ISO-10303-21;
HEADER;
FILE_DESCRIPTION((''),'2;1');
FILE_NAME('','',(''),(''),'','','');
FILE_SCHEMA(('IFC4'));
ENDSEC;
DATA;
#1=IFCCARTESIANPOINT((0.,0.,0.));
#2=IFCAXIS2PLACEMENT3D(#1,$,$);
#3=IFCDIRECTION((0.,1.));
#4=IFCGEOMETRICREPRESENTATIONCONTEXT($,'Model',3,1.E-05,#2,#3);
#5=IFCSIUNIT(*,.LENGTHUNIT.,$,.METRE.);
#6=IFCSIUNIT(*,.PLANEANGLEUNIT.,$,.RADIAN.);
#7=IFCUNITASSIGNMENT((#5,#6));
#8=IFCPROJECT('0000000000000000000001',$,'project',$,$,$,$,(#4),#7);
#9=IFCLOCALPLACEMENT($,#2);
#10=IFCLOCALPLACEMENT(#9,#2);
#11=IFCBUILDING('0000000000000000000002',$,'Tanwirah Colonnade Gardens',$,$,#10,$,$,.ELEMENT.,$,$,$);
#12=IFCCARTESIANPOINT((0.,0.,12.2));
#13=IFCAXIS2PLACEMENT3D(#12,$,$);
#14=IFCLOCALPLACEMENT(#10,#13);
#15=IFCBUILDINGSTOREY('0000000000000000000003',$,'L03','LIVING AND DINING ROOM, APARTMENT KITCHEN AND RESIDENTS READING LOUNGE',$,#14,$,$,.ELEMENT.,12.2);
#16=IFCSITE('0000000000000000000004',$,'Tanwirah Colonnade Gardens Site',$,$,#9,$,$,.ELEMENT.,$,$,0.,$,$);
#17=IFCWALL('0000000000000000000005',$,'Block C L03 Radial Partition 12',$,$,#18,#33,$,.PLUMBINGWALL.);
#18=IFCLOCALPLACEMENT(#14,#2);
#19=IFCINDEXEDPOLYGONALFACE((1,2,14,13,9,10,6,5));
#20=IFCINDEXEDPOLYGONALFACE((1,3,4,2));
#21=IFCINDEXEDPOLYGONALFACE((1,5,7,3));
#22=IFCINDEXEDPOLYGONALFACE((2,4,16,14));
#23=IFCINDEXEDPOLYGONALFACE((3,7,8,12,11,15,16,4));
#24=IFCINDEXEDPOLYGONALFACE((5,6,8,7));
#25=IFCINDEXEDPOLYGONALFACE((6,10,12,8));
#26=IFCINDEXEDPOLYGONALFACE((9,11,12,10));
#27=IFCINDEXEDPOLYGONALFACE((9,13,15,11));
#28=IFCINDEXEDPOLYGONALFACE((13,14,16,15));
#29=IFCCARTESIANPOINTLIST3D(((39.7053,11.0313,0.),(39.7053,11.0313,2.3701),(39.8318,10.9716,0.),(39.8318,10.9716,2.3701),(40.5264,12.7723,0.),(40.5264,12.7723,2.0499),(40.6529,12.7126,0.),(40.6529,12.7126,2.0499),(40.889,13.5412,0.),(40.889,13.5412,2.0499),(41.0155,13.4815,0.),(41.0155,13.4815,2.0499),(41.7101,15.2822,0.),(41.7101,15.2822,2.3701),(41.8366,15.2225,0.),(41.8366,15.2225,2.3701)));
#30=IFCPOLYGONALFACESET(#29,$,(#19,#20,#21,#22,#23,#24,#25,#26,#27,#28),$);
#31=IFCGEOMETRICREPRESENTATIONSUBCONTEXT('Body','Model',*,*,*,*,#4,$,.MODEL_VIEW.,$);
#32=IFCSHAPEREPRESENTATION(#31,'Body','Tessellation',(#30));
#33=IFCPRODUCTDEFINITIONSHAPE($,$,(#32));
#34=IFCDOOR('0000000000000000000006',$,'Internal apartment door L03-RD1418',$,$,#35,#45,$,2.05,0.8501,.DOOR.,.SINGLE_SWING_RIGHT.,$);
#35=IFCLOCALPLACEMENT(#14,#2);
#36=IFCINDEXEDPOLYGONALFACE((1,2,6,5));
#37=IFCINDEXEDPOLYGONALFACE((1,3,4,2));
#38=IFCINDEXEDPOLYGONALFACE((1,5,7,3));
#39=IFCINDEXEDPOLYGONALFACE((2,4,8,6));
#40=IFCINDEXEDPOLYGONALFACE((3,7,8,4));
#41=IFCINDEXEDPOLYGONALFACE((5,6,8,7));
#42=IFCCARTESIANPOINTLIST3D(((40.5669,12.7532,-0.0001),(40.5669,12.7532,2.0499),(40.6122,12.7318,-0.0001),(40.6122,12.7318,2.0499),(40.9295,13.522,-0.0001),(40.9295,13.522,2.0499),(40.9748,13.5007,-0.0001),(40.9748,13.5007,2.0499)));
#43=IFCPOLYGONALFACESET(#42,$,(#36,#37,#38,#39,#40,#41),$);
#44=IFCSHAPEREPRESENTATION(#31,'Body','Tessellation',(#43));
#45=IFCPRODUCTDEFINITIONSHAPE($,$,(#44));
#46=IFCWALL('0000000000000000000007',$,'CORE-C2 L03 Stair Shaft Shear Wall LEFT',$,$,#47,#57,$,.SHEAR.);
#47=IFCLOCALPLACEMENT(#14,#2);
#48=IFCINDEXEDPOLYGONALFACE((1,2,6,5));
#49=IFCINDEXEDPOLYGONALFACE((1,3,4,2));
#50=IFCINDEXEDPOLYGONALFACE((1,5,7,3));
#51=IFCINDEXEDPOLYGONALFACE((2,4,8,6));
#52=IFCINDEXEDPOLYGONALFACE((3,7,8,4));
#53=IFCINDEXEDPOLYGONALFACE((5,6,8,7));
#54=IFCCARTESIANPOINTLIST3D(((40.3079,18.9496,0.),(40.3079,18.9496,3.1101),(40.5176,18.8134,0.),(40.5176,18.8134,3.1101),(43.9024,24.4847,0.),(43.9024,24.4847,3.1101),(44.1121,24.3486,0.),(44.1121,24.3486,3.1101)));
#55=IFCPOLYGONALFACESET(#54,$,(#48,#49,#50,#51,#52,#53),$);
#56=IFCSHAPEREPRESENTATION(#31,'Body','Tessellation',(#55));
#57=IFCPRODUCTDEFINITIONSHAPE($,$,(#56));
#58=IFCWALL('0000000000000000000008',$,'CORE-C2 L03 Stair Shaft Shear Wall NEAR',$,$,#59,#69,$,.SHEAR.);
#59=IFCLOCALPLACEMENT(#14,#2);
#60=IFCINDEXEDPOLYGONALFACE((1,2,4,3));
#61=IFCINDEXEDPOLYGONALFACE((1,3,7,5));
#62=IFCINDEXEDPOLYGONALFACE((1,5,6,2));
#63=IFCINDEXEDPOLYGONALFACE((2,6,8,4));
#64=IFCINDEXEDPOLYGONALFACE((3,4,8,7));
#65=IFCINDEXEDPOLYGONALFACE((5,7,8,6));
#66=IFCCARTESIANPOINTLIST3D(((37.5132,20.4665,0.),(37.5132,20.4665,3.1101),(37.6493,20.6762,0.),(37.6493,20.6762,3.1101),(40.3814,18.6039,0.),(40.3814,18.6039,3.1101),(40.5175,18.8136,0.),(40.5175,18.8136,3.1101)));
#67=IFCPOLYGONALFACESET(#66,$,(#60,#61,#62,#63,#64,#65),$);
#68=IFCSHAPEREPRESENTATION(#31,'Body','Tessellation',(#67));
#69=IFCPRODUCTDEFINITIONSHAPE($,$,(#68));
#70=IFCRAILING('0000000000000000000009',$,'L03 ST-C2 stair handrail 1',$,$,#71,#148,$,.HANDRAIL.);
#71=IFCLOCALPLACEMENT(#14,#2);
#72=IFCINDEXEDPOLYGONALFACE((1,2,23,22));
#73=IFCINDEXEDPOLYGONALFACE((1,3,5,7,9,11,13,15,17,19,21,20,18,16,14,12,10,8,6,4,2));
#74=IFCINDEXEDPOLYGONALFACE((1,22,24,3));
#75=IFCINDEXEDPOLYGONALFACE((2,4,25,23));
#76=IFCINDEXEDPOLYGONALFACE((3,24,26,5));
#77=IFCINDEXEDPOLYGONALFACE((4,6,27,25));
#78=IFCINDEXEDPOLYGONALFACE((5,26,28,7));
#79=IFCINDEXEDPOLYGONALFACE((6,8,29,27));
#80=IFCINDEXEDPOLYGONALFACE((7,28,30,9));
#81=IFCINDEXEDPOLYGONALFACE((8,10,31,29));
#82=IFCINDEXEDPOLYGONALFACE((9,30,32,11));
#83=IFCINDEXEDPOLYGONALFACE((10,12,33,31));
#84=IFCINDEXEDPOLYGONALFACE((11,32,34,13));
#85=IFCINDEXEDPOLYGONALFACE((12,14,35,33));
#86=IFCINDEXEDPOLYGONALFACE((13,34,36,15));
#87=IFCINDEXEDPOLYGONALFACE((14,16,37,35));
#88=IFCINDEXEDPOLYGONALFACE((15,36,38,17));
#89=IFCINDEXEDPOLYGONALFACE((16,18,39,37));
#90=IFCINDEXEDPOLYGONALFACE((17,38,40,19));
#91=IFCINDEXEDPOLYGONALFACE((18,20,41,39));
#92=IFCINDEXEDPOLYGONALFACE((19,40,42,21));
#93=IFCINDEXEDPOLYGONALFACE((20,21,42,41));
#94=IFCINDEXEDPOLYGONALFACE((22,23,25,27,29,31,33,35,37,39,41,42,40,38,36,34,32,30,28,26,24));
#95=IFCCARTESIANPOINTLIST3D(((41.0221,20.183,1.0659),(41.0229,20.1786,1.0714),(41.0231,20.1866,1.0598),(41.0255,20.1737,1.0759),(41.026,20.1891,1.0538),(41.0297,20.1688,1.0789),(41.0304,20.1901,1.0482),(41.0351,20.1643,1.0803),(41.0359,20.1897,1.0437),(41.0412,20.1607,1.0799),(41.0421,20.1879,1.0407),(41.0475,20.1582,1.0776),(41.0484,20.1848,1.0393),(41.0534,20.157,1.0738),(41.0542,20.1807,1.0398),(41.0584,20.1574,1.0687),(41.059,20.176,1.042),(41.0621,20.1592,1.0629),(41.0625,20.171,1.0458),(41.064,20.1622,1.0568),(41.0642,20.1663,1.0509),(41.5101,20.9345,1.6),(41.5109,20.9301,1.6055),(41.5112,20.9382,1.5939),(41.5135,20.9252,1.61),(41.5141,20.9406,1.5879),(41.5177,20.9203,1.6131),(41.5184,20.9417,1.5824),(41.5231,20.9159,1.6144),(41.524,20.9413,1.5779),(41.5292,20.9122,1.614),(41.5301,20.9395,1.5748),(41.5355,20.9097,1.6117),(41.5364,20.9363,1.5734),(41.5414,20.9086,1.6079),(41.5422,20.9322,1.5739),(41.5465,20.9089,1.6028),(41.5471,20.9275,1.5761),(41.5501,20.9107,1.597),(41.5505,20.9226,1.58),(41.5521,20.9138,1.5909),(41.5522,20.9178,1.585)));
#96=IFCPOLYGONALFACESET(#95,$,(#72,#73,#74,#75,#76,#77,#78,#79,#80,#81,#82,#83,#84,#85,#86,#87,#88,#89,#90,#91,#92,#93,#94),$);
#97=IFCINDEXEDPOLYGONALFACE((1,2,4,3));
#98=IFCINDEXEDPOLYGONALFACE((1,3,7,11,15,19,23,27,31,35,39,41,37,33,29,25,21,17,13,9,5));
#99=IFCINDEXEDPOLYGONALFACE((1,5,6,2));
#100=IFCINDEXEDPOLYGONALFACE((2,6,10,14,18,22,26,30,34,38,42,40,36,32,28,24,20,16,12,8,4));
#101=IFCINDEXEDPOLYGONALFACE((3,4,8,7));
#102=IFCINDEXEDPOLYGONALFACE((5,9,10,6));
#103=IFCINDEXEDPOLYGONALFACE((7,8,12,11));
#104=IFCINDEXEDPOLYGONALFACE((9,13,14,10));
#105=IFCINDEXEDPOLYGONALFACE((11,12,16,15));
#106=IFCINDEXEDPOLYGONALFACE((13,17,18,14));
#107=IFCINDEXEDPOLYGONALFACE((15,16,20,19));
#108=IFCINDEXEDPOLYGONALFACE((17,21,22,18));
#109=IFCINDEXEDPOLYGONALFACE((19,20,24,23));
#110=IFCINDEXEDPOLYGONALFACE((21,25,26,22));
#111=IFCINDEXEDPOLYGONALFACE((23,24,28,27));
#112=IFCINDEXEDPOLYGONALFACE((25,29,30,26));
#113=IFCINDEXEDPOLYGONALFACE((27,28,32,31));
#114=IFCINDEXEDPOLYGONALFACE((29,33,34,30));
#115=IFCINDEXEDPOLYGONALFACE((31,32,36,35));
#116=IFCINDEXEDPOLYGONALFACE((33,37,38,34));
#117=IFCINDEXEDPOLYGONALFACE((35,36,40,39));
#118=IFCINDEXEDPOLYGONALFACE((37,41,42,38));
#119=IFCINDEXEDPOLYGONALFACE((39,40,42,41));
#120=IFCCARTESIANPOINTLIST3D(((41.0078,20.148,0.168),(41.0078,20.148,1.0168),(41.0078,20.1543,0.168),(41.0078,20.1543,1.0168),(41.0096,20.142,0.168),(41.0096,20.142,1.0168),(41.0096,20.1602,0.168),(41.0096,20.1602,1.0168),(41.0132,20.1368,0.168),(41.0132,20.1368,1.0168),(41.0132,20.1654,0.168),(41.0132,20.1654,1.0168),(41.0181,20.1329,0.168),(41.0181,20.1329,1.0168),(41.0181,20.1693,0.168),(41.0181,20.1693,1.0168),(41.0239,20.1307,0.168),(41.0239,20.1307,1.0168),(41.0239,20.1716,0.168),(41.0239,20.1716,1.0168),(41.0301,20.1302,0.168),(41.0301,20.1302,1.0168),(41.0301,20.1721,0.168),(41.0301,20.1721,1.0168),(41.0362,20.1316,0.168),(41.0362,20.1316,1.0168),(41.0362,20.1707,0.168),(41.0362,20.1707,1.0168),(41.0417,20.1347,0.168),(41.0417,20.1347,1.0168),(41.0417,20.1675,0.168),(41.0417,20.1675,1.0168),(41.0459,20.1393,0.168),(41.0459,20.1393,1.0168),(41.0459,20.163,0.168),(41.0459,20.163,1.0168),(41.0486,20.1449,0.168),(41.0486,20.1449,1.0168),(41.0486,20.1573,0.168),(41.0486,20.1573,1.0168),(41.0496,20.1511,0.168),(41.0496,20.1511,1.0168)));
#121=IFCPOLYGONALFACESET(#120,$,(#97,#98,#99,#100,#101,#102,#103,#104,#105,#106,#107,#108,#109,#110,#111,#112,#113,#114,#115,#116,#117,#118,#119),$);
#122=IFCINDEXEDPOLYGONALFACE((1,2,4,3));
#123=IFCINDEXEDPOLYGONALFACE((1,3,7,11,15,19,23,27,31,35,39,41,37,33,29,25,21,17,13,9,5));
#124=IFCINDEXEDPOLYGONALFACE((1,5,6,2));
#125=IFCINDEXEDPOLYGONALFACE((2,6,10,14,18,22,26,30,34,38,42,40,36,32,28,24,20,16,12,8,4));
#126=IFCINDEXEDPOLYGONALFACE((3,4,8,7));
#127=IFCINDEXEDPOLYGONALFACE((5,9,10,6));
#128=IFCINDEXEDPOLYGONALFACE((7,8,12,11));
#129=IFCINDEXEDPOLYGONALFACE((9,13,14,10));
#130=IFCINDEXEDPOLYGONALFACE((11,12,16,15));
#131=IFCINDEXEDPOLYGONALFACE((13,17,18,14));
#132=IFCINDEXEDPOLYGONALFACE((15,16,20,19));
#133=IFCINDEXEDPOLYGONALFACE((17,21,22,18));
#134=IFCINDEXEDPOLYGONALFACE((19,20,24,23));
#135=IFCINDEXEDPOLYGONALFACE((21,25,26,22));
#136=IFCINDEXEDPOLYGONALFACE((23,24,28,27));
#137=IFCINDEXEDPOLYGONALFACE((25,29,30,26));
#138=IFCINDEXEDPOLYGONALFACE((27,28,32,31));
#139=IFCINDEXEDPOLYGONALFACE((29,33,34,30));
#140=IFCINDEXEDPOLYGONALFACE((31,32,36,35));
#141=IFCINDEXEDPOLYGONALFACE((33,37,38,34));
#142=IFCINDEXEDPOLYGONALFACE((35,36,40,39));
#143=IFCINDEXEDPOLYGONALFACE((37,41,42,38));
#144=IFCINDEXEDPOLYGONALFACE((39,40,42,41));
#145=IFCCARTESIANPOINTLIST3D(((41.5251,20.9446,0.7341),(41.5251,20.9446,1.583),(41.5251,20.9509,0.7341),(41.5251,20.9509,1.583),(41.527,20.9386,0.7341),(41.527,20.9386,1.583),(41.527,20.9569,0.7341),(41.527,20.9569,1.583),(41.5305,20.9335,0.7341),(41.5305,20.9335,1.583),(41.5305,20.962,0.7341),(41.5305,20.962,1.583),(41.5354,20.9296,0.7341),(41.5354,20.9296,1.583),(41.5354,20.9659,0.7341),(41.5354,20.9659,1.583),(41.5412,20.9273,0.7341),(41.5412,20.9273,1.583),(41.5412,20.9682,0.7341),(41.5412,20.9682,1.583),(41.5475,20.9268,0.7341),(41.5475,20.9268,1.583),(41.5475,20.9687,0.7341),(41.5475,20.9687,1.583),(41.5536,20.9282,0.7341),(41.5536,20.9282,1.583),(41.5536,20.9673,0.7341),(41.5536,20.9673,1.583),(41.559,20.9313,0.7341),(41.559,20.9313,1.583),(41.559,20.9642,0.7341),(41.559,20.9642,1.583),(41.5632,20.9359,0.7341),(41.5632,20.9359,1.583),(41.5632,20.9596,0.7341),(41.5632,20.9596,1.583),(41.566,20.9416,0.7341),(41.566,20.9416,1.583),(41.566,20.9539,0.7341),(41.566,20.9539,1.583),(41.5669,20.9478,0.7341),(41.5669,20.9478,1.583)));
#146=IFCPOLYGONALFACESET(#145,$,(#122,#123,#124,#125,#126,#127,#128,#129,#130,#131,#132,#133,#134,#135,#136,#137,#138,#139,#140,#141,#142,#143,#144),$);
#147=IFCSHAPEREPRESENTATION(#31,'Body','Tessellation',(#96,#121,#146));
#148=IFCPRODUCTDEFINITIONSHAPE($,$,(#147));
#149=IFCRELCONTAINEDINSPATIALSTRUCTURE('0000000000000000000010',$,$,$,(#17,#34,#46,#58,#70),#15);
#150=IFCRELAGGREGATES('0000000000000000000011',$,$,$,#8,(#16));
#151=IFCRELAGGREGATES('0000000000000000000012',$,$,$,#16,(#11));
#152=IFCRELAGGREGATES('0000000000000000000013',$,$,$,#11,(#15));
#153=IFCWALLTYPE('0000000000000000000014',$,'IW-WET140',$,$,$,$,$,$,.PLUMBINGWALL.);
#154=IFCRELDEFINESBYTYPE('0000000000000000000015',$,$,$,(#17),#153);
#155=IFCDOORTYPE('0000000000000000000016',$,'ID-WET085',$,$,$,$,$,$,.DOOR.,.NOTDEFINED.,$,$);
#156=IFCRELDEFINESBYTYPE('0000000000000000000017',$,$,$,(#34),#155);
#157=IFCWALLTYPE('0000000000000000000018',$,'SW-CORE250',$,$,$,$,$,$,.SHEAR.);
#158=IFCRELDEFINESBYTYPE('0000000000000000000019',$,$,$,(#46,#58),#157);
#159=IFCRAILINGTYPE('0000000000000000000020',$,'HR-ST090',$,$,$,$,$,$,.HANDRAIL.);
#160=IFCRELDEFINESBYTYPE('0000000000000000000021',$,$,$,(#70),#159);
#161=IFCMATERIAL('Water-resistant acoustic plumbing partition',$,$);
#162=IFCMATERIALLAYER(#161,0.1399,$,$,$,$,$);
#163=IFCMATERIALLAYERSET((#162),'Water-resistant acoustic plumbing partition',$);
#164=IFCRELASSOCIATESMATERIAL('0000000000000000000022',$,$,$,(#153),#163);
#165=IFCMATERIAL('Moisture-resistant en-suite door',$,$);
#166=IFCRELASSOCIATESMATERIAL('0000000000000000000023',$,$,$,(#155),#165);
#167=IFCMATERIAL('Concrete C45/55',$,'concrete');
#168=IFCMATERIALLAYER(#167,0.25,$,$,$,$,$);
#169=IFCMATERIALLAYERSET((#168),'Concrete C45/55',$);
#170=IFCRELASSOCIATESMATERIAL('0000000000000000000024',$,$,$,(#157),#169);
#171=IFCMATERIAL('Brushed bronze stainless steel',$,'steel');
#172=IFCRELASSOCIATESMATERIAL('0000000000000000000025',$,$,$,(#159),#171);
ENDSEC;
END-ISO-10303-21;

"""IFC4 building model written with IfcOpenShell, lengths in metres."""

from ifc_helpers import new_model, si_unit, direction, frame, frame_2d, origin, origin_2d, place, context, subcontext, project, spatial, rectangle, circle, extrude, material, layer, layer_set, type_object, element, fill, save


model = new_model("IFC4")

# Units and contexts
model_context = context("Model", 3, precision=1e-05, world=origin(), true_north=direction((0.0, 1.0)))
body_context = subcontext(model_context, "Body", "Model", "MODEL_VIEW")
ifc_project = project(units=[si_unit("LENGTHUNIT", "METRE"), si_unit("PLANEANGLEUNIT", "RADIAN")], contexts=[model_context])

# Site, building, storey
site_placement = place(None, origin())
site = spatial("IfcSite", under=ifc_project, at=site_placement, Name="Tanwirah Colonnade Gardens Site", CompositionType="ELEMENT", RefElevation=0.0)
building_placement = place(site_placement, origin())
building = spatial("IfcBuilding", under=site, at=building_placement, Name="Tanwirah Colonnade Gardens", CompositionType="ELEMENT")
storey_placement = place(building_placement, frame((0.0, 0.0, 12.2)))
storey = spatial("IfcBuildingStorey", under=building, at=storey_placement, Name="L03", Description="LIVING AND DINING ROOM, APARTMENT KITCHEN AND RESIDENTS READING LOUNGE", CompositionType="ELEMENT", Elevation=12.2)

# Wall, opening, door
ifc_material_1 = material(Name="Water-resistant acoustic plumbing partition")
ifc_layer_1 = layer(ifc_material_1, 0.1399)
ifc_layer_set_1 = layer_set([ifc_layer_1], Name="Water-resistant acoustic plumbing partition")
wall_type_1 = type_object("IfcWallType", Name="IW-WET140", PredefinedType="PLUMBINGWALL", material=ifc_layer_set_1)
wall_1_placement = place(storey_placement, frame((41.7734, 15.2524, 0.0), z_axis=(0.0, 0.0, 1.0), x_axis=(-0.426567, -0.904456, 0.0)))
wall_1 = element("IfcWall", 1, at=wall_1_placement, inside=storey, type_object=wall_type_1, Name="Block C L03 Radial Partition 12", PredefinedType="PLUMBINGWALL", context=body_context, shape_type="SweptSolid", body=[
    extrude(rectangle(XDim=4.7, YDim=0.1399, at=frame_2d((2.3501, 0.0))), origin(), (0.0, 0.0, 1.0), 2.3701),
])
opening_1_placement = place(wall_1_placement, frame((1.925, 0.0, 0.0)))
opening_1 = element("IfcOpeningElement", 2, at=opening_1_placement, cuts=wall_1, PredefinedType="OPENING", context=body_context, shape_type="SweptSolid", body=[
    extrude(rectangle(XDim=0.8501, YDim=2.05, at=frame_2d((0.425, 1.0249))), frame((0.0, 0.0798, 0.0), z_axis=(0.0, -1.0, 0.0), x_axis=(1.0, 0.0, 0.0)), (0.0, 0.0, 1.0), 0.1599),
])
ifc_material_2 = material(Name="Moisture-resistant en-suite door")
door_type_1 = type_object("IfcDoorType", Name="ID-WET085", OperationType="NOTDEFINED", PredefinedType="DOOR", material=ifc_material_2)
door_1_placement = place(opening_1_placement, origin())
door_1 = element("IfcDoor", 3, at=door_1_placement, inside=storey, type_object=door_type_1, Name="Internal apartment door L03-RD1418", OperationType="SINGLE_SWING_RIGHT", OverallHeight=2.05, OverallWidth=0.8501, PredefinedType="DOOR", context=body_context, shape_type="SweptSolid", body=[
    extrude(rectangle(XDim=0.8501, YDim=2.05, at=frame_2d((0.425, 1.0249))), frame((0.0, 0.0249, 0.0), z_axis=(0.0, -1.0, 0.0), x_axis=(1.0, 0.0, 0.0)), (0.0, 0.0, 1.0), 0.05),
])
fill(opening_1, door_1)

# Walls
ifc_material_3 = material(Name="Concrete C45/55", Category="concrete")
ifc_layer_2 = layer(ifc_material_3, 0.25)
ifc_layer_set_2 = layer_set([ifc_layer_2], Name="Concrete C45/55")
wall_type_2 = type_object("IfcWallType", Name="SW-CORE250", PredefinedType="SHEAR", material=ifc_layer_set_2)
wall_2_placement = place(storey_placement, frame((40.4128, 18.8816, 0.0), z_axis=(0.0, 0.0, 1.0), x_axis=(0.544629, 0.838677, 0.0)))
element("IfcWall", 4, at=wall_2_placement, inside=storey, type_object=wall_type_2, Name="CORE-C2 L03 Stair Shaft Shear Wall LEFT", PredefinedType="SHEAR", context=body_context, shape_type="SweptSolid", body=[
    extrude(rectangle(XDim=6.5999, YDim=0.25, at=frame_2d((3.2998, 0.0))), origin(), (0.0, 0.0, 1.0), 3.1101),
])
wall_3_placement = place(storey_placement, frame((40.4495, 18.7087, 0.0), z_axis=(0.0, 0.0, 1.0), x_axis=(-0.838678, 0.544627, 0.0)))
element("IfcWall", 5, at=wall_3_placement, inside=storey, type_object=wall_type_2, Name="CORE-C2 L03 Stair Shaft Shear Wall NEAR", PredefinedType="SHEAR", context=body_context, shape_type="SweptSolid", body=[
    extrude(rectangle(XDim=3.4199, YDim=0.25, at=frame_2d((1.71, 0.0))), origin(), (0.0, 0.0, 1.0), 3.1101),
])

# Railing
ifc_material_4 = material(Name="Brushed bronze stainless steel", Category="steel")
railing_type_1 = type_object("IfcRailingType", Name="HR-ST090", PredefinedType="HANDRAIL", material=ifc_material_4)
railing_1_placement = place(storey_placement, frame((41.0286, 20.1511, 0.168)))
element("IfcRailing", 6, at=railing_1_placement, inside=storey, type_object=railing_type_1, Name="L03 ST-C2 stair handrail 1", PredefinedType="HANDRAIL", context=body_context, shape_type="SweptSolid", body=[
    extrude(circle(Radius=0.0239, at=origin_2d()), frame((0.0146, 0.0225, 0.8918), z_axis=(0.467837, 0.720411, 0.511993), x_axis=(-0.838673, 0.544636, 0.0)), (0.0, 0.0, 1.0), 1.0432),
    extrude(circle(Radius=0.021, at=origin_2d()), origin(), (0.0, 0.0, 1.0), 0.8489),
    extrude(circle(Radius=0.021, at=origin_2d()), frame((0.5173, 0.7966, 0.5662)), (0.0, 0.0, 1.0), 0.8489),
])

save(model, "model.ifc")
